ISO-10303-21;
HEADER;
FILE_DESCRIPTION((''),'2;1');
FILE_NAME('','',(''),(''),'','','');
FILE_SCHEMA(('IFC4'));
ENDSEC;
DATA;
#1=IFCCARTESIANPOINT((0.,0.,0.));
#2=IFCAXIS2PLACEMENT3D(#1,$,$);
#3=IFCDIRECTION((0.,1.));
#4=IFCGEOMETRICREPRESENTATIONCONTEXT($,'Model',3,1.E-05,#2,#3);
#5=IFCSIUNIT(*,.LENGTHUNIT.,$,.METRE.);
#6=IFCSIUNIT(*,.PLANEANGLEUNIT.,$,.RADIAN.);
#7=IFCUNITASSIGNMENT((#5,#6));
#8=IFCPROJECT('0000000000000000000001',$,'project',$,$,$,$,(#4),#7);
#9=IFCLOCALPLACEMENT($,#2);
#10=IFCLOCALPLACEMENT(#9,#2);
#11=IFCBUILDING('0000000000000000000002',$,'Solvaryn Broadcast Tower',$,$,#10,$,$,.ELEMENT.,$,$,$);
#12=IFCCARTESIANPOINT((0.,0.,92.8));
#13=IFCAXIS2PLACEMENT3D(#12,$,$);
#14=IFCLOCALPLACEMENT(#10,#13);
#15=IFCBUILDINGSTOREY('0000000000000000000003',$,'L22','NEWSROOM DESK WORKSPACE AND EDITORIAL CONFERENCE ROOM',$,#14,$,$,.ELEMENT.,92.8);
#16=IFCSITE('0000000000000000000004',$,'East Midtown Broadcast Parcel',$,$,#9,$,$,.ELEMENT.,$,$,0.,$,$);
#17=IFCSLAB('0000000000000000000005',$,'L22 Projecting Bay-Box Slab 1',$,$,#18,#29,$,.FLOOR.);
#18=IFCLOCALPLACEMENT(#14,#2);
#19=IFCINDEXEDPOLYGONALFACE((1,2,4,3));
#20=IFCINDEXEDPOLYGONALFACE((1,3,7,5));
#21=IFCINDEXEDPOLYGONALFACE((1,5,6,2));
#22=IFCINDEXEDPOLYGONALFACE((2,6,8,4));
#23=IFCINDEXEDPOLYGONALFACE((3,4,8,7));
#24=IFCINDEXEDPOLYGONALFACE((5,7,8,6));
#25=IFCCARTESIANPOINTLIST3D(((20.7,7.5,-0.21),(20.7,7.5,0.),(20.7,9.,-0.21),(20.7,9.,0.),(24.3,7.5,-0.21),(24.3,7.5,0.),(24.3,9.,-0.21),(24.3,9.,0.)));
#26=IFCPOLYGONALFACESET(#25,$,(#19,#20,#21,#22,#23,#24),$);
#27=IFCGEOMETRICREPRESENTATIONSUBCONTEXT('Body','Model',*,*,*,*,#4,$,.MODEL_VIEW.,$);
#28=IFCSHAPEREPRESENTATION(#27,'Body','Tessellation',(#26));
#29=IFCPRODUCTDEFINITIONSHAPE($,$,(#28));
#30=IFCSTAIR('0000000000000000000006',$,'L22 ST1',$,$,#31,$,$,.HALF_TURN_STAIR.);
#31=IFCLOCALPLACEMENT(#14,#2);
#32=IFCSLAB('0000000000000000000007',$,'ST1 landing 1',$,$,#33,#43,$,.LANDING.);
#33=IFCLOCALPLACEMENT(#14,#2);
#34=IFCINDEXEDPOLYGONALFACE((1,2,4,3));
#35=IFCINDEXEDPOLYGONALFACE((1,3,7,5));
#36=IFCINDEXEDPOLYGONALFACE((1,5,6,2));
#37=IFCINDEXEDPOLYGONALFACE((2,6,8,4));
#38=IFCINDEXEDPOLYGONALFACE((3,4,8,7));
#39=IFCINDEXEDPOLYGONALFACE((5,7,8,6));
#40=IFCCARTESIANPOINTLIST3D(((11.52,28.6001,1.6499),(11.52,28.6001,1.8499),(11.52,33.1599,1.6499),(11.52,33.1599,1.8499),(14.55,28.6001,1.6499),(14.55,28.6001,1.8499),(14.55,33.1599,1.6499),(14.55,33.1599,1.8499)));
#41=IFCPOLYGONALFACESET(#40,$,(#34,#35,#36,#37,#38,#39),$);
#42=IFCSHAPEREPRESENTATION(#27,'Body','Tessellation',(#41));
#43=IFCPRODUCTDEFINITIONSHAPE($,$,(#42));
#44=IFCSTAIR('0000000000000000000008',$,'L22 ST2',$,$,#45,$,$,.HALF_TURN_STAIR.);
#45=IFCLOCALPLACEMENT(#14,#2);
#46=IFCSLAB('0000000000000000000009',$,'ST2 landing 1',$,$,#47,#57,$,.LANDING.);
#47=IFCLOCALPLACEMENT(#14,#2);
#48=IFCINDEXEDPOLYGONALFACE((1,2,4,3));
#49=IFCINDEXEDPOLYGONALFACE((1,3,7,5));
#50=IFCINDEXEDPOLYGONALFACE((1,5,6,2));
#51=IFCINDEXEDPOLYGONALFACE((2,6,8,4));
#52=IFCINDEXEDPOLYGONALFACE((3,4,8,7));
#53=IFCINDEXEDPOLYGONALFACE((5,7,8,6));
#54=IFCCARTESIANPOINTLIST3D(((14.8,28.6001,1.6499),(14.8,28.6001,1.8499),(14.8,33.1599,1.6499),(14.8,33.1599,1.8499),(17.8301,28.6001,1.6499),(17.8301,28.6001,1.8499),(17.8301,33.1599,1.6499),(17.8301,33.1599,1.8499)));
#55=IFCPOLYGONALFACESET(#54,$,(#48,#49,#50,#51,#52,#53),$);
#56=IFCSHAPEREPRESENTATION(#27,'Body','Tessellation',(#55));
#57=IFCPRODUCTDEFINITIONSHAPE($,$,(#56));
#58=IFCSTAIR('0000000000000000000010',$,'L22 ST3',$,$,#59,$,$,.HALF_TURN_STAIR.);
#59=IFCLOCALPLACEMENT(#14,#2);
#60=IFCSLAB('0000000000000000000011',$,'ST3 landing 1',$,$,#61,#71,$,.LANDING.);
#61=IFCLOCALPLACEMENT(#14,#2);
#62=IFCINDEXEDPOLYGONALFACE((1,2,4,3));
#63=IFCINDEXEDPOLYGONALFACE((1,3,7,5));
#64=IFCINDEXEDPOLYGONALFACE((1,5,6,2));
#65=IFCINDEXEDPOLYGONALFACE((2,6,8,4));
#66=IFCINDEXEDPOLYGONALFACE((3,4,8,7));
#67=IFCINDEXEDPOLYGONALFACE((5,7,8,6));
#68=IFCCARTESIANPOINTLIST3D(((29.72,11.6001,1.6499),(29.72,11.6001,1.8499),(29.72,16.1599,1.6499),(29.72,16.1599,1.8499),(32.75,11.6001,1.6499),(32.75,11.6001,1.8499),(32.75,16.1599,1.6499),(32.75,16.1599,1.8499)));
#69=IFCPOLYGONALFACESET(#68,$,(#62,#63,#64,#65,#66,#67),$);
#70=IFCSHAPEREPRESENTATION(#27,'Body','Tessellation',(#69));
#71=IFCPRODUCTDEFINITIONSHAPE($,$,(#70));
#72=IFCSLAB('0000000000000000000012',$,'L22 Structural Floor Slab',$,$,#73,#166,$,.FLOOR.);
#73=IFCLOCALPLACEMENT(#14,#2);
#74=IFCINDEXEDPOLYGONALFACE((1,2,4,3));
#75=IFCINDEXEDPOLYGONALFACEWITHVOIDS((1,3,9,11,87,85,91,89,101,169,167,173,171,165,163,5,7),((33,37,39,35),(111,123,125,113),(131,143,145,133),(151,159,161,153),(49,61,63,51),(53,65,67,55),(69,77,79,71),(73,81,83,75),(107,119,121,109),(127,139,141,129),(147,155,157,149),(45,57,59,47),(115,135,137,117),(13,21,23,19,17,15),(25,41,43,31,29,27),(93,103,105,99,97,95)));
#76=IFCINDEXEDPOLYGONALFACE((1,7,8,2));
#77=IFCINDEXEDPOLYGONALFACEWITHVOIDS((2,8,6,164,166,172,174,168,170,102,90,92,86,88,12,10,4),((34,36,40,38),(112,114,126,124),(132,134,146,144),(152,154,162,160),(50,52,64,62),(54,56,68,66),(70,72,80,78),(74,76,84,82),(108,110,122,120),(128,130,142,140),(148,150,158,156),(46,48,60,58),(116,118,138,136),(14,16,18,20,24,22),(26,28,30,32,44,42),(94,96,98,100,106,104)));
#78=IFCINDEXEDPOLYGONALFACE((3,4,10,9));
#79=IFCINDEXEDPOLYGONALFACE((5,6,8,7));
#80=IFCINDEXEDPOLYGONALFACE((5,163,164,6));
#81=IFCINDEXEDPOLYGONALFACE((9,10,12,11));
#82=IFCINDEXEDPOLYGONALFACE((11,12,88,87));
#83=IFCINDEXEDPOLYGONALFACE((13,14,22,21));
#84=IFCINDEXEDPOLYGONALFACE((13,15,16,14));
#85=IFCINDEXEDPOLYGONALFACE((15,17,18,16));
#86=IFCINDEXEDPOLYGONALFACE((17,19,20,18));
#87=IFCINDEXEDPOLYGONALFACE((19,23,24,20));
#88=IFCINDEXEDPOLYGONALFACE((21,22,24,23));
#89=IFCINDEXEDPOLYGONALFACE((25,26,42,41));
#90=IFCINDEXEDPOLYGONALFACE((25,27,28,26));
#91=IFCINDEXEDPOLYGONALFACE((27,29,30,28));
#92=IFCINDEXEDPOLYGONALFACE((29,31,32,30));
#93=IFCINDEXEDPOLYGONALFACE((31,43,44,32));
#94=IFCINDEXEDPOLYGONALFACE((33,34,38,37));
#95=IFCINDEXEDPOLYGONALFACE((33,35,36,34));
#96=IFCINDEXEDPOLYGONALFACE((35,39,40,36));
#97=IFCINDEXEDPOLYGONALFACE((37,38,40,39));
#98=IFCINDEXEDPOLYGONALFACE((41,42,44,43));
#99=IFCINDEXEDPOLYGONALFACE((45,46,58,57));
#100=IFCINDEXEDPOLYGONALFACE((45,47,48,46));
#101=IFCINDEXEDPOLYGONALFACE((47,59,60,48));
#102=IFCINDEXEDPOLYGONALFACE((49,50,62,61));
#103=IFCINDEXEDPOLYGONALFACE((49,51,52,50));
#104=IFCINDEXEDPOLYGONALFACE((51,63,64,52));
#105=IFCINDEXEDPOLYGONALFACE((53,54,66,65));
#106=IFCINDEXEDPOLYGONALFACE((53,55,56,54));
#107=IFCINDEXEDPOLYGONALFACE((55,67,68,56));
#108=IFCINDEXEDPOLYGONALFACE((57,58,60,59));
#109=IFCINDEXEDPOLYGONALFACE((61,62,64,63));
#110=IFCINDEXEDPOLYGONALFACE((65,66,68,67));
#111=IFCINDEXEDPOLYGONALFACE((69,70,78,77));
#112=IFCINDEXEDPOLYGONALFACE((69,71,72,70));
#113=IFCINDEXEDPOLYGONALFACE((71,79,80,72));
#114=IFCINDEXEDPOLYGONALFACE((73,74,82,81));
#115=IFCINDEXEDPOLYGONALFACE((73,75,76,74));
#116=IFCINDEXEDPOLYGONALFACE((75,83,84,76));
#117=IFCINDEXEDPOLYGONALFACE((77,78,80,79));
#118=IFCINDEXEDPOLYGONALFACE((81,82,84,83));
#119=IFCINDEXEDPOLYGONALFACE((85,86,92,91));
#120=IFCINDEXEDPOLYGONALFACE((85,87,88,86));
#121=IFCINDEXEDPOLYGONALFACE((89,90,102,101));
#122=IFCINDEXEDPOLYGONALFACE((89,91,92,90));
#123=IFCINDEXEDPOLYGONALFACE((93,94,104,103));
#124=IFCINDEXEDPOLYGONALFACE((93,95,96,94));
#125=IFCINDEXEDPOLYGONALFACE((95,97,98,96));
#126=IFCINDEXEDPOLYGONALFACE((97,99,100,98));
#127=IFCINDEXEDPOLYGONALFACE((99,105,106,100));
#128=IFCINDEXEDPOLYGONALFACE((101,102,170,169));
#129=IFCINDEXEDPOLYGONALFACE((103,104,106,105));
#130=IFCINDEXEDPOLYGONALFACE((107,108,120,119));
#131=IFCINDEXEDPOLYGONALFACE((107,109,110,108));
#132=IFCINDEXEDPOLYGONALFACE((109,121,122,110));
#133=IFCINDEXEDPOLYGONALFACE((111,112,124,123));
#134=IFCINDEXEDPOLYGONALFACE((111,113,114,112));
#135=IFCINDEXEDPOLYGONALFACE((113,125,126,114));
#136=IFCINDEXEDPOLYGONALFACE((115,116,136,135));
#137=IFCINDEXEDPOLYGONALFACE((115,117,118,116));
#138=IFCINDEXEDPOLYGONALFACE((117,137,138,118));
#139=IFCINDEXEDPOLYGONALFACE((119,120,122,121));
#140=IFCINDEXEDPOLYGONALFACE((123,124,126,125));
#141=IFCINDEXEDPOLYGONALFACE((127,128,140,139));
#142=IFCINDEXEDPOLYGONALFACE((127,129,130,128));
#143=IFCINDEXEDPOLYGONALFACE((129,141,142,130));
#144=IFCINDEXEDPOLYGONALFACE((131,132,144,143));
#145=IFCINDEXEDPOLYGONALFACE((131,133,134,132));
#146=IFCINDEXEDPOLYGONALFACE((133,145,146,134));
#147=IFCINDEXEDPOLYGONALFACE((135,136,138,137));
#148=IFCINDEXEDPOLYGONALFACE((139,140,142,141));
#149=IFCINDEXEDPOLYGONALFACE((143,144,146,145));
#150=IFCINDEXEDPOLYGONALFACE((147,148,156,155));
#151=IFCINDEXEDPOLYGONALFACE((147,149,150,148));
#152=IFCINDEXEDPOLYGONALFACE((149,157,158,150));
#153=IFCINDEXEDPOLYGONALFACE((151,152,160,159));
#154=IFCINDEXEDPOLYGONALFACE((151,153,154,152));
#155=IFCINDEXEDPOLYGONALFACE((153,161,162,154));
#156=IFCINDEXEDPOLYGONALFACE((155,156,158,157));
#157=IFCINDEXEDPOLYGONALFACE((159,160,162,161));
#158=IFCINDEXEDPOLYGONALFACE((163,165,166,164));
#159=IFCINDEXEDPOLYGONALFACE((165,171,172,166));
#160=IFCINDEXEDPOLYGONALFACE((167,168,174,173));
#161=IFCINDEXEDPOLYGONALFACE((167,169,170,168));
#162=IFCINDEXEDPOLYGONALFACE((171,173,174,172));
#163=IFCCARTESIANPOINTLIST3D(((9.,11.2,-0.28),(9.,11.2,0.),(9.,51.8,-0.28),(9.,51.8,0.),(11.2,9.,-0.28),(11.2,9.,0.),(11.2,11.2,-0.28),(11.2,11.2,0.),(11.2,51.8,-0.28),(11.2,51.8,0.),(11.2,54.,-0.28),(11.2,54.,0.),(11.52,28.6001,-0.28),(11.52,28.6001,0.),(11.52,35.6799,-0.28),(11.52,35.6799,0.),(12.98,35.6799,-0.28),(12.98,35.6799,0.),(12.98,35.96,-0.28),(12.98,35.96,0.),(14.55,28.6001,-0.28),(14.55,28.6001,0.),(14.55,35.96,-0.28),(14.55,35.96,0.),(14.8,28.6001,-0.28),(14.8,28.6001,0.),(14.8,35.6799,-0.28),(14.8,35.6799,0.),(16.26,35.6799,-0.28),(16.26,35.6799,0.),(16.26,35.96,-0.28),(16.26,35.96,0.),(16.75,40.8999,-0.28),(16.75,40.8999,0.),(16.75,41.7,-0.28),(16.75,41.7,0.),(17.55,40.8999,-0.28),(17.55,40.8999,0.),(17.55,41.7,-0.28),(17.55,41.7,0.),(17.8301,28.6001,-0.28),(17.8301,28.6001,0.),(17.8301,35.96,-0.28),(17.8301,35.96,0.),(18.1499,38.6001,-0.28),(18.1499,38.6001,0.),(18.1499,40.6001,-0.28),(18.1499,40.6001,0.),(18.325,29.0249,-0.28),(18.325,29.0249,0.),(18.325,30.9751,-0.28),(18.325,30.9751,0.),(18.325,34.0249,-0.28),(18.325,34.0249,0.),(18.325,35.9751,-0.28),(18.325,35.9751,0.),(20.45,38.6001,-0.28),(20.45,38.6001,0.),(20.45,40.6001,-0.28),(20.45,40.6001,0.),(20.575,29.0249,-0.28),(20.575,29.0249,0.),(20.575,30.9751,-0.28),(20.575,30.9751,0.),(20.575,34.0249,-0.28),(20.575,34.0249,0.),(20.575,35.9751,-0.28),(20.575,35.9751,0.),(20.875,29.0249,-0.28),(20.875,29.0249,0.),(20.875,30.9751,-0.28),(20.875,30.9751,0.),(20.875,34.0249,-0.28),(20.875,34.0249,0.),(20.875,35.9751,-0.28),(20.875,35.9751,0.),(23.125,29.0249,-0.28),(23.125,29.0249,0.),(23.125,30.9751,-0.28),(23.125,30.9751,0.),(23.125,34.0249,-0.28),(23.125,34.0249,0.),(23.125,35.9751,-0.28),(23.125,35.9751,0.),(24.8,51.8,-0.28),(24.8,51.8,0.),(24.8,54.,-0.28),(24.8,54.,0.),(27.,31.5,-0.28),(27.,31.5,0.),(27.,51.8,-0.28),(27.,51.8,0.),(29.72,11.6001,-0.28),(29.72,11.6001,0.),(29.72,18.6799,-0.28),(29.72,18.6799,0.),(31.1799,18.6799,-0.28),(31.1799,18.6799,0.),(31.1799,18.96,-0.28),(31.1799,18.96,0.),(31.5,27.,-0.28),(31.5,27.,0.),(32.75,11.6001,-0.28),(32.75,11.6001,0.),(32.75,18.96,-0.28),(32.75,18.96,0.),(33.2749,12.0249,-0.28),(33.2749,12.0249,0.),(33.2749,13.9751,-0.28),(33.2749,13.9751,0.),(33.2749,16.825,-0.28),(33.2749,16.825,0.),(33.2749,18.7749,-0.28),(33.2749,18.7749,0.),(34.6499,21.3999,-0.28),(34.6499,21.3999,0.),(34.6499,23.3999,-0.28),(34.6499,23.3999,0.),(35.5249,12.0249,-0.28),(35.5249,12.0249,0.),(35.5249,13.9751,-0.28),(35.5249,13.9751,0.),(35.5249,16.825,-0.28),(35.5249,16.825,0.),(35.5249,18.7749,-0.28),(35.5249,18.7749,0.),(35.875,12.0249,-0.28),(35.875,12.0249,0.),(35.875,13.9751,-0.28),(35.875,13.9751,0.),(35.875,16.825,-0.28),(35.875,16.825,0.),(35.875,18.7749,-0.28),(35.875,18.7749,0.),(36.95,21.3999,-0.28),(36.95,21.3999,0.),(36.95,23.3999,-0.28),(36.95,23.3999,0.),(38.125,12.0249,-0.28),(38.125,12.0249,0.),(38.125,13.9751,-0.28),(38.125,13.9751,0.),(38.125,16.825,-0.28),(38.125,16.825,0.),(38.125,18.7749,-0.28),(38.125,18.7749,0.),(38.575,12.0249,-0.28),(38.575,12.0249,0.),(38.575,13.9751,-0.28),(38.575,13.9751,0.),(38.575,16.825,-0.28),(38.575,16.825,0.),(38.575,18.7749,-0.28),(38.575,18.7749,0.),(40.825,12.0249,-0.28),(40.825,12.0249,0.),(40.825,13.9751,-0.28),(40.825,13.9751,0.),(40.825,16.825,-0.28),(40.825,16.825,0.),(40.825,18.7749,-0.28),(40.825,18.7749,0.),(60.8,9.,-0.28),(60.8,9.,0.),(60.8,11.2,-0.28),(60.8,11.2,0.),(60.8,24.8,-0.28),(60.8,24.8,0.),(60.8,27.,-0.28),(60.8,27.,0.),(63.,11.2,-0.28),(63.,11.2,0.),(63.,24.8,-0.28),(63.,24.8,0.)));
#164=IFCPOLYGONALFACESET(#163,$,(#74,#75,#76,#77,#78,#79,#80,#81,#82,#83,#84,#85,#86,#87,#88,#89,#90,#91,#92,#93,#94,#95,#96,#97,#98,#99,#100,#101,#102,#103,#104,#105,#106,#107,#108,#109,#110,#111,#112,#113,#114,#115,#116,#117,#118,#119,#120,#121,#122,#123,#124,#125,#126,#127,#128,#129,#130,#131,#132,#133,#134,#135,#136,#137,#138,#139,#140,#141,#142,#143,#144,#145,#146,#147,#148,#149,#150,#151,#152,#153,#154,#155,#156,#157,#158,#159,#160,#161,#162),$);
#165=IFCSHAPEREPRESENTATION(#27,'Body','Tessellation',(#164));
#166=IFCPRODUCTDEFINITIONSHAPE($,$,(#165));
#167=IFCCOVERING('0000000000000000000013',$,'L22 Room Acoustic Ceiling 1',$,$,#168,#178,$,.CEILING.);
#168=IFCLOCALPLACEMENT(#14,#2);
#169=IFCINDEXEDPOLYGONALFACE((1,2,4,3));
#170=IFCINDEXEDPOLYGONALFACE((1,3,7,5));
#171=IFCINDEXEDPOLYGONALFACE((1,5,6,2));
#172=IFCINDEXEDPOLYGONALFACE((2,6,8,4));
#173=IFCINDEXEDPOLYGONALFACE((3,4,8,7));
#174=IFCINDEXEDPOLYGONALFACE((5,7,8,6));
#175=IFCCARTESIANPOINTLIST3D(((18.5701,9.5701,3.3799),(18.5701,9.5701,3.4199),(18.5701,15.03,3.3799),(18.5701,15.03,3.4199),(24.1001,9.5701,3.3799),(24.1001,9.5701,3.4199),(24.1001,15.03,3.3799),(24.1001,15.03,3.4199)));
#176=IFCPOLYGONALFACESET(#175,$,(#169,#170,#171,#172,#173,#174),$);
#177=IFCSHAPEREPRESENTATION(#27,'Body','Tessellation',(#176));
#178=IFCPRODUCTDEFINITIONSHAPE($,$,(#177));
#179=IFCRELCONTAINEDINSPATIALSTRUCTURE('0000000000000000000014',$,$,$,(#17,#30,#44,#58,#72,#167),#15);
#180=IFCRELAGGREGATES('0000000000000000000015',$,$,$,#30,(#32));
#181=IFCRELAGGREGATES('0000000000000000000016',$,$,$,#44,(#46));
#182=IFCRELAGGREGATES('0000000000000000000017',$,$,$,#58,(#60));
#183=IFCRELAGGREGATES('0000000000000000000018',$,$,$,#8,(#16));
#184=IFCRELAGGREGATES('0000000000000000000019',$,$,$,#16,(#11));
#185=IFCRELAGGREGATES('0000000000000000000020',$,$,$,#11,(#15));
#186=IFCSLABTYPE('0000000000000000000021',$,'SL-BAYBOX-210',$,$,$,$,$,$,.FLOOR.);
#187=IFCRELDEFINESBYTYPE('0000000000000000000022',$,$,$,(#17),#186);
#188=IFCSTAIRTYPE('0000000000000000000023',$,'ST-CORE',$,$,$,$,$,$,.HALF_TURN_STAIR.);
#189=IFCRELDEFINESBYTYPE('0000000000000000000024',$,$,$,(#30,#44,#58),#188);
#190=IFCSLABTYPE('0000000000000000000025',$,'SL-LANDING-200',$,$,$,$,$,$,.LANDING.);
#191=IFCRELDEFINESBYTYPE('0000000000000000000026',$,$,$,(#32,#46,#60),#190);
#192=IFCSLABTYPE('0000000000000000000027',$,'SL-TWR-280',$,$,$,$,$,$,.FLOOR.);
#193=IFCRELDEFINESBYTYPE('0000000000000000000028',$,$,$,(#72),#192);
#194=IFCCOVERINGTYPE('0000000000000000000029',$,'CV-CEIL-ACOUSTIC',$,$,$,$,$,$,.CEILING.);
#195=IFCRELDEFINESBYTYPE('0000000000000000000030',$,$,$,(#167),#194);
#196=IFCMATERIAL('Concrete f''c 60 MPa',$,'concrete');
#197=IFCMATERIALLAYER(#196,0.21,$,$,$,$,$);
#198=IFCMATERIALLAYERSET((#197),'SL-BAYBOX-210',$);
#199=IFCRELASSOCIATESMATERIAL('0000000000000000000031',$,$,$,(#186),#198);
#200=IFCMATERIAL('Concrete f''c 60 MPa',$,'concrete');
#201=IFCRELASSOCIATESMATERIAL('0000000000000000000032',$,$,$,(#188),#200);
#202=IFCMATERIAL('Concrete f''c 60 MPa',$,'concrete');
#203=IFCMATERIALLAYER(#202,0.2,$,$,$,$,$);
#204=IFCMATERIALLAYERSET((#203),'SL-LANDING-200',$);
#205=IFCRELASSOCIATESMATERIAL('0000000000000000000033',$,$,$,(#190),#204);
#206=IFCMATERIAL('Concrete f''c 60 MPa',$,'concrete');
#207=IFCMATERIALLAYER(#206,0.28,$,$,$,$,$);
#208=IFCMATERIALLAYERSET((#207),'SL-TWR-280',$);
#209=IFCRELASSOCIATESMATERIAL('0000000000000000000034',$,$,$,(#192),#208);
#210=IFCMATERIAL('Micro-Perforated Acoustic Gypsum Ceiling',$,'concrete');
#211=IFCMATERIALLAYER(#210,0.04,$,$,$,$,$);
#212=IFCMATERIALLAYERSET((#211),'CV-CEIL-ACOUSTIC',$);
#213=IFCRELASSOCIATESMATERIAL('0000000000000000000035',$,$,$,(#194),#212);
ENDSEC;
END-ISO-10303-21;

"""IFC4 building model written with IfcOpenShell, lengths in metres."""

from ifc_helpers import new_model, si_unit, direction, frame, origin, place, context, subcontext, project, spatial, polyline, outline, extrude, material, layer, layer_set, type_object, element, aggregate, save


model = new_model("IFC4")

# Units and contexts
model_context = context("Model", 3, precision=1e-05, world=origin(), true_north=direction((0.0, 1.0)))
body_context = subcontext(model_context, "Body", "Model", "MODEL_VIEW")
ifc_project = project(units=[si_unit("LENGTHUNIT", "METRE"), si_unit("PLANEANGLEUNIT", "RADIAN")], contexts=[model_context])

# Site, building, storey
site_placement = place(None, origin())
site = spatial("IfcSite", under=ifc_project, at=site_placement, Name="East Midtown Broadcast Parcel", CompositionType="ELEMENT", RefElevation=0.0)
building_placement = place(site_placement, origin())
building = spatial("IfcBuilding", under=site, at=building_placement, Name="Solvaryn Broadcast Tower", CompositionType="ELEMENT")
storey_placement = place(building_placement, frame((0.0, 0.0, 92.8)))
storey = spatial("IfcBuildingStorey", under=building, at=storey_placement, Name="L22", Description="NEWSROOM DESK WORKSPACE AND EDITORIAL CONFERENCE ROOM", CompositionType="ELEMENT", Elevation=92.8)

# Slab
ifc_material_1 = material(Name="Concrete f'c 60 MPa", Category="concrete")
ifc_layer_1 = layer(ifc_material_1, 0.21)
ifc_layer_set_1 = layer_set([ifc_layer_1], Name="SL-BAYBOX-210")
slab_type_1 = type_object("IfcSlabType", Name="SL-BAYBOX-210", PredefinedType="FLOOR", material=ifc_layer_set_1)
slab_1_placement = place(storey_placement, frame((0.0, 0.0, -0.21)))
element("IfcSlab", 1, at=slab_1_placement, inside=storey, type_object=slab_type_1, Name="L22 Projecting Bay-Box Slab 1", PredefinedType="FLOOR", context=body_context, shape_type="SweptSolid", body=[
    extrude(outline(polyline([(20.7, 7.5), (24.3, 7.5), (24.3, 9.0), (20.7, 9.0), (20.7, 7.5)])), origin(), (0.0, 0.0, 1.0), 0.21),
])

# Stairs, slabs
ifc_material_2 = material(Name="Concrete f'c 60 MPa", Category="concrete")
stair_type = type_object("IfcStairType", Name="ST-CORE", PredefinedType="HALF_TURN_STAIR", material=ifc_material_2)
stair_1_placement = place(storey_placement, origin())
stair_1 = element("IfcStair", 2, at=stair_1_placement, inside=storey, type_object=stair_type, Name="L22 ST1", PredefinedType="HALF_TURN_STAIR")
ifc_material_3 = material(Name="Concrete f'c 60 MPa", Category="concrete")
ifc_layer_2 = layer(ifc_material_3, 0.2)
ifc_layer_set_2 = layer_set([ifc_layer_2], Name="SL-LANDING-200")
slab_type_2 = type_object("IfcSlabType", Name="SL-LANDING-200", PredefinedType="LANDING", material=ifc_layer_set_2)
slab_2_placement = place(storey_placement, frame((0.0, 0.0, 1.6499)))
slab_2 = element("IfcSlab", 3, at=slab_2_placement, type_object=slab_type_2, Name="ST1 landing 1", PredefinedType="LANDING", context=body_context, shape_type="SweptSolid", body=[
    extrude(outline(polyline([(11.52, 33.1599), (11.52, 28.6001), (14.55, 28.6001), (14.55, 33.1599), (11.52, 33.1599)])), origin(), (0.0, 0.0, 1.0), 0.2),
])
aggregate(stair_1, [slab_2])
stair_2_placement = place(storey_placement, origin())
stair_2 = element("IfcStair", 4, at=stair_2_placement, inside=storey, type_object=stair_type, Name="L22 ST2", PredefinedType="HALF_TURN_STAIR")
slab_3_placement = place(storey_placement, frame((0.0, 0.0, 1.6499)))
slab_3 = element("IfcSlab", 5, at=slab_3_placement, type_object=slab_type_2, Name="ST2 landing 1", PredefinedType="LANDING", context=body_context, shape_type="SweptSolid", body=[
    extrude(outline(polyline([(14.8, 33.1599), (14.8, 28.6001), (17.8301, 28.6001), (17.8301, 33.1599), (14.8, 33.1599)])), origin(), (0.0, 0.0, 1.0), 0.2),
])
aggregate(stair_2, [slab_3])
stair_3_placement = place(storey_placement, origin())
stair_3 = element("IfcStair", 6, at=stair_3_placement, inside=storey, type_object=stair_type, Name="L22 ST3", PredefinedType="HALF_TURN_STAIR")
slab_4_placement = place(storey_placement, frame((0.0, 0.0, 1.6499)))
slab_4 = element("IfcSlab", 7, at=slab_4_placement, type_object=slab_type_2, Name="ST3 landing 1", PredefinedType="LANDING", context=body_context, shape_type="SweptSolid", body=[
    extrude(outline(polyline([(29.72, 16.1599), (29.72, 11.6001), (32.75, 11.6001), (32.75, 16.1599), (29.72, 16.1599)])), origin(), (0.0, 0.0, 1.0), 0.2),
])
aggregate(stair_3, [slab_4])

# Slab
ifc_material_4 = material(Name="Concrete f'c 60 MPa", Category="concrete")
ifc_layer_3 = layer(ifc_material_4, 0.28)
ifc_layer_set_3 = layer_set([ifc_layer_3], Name="SL-TWR-280")
slab_type_3 = type_object("IfcSlabType", Name="SL-TWR-280", PredefinedType="FLOOR", material=ifc_layer_set_3)
slab_5_placement = place(storey_placement, frame((0.0, 0.0, -0.28)))
element("IfcSlab", 8, at=slab_5_placement, inside=storey, type_object=slab_type_3, Name="L22 Structural Floor Slab", PredefinedType="FLOOR", context=body_context, shape_type="SweptSolid", body=[
    extrude(outline(polyline([(11.2, 9.0), (60.8, 9.0), (60.8, 11.2), (63.0, 11.2), (63.0, 24.8), (60.8, 24.8), (60.8, 27.0), (31.5, 27.0), (27.0, 31.5), (27.0, 51.8), (24.8, 51.8), (24.8, 54.0), (11.2, 54.0), (11.2, 51.8), (9.0, 51.8), (9.0, 11.2), (11.2, 11.2), (11.2, 9.0)]), holes=[polyline([(11.52, 28.6001), (14.55, 28.6001), (14.55, 35.96), (12.98, 35.96), (12.98, 35.6799), (11.52, 35.6799), (11.52, 28.6001)]), polyline([(14.8, 28.6001), (17.8301, 28.6001), (17.8301, 35.96), (16.26, 35.96), (16.26, 35.6799), (14.8, 35.6799), (14.8, 28.6001)]), polyline([(29.72, 11.6001), (32.75, 11.6001), (32.75, 18.96), (31.1799, 18.96), (31.1799, 18.6799), (29.72, 18.6799), (29.72, 11.6001)]), polyline([(18.1499, 38.6001), (20.45, 38.6001), (20.45, 40.6001), (18.1499, 40.6001), (18.1499, 38.6001)]), polyline([(18.325, 29.0249), (20.575, 29.0249), (20.575, 30.9751), (18.325, 30.9751), (18.325, 29.0249)]), polyline([(20.875, 29.0249), (23.125, 29.0249), (23.125, 30.9751), (20.875, 30.9751), (20.875, 29.0249)]), polyline([(18.325, 34.0249), (20.575, 34.0249), (20.575, 35.9751), (18.325, 35.9751), (18.325, 34.0249)]), polyline([(20.875, 34.0249), (23.125, 34.0249), (23.125, 35.9751), (20.875, 35.9751), (20.875, 34.0249)]), polyline([(34.6499, 21.3999), (36.95, 21.3999), (36.95, 23.3999), (34.6499, 23.3999), (34.6499, 21.3999)]), polyline([(33.2749, 12.0249), (35.5249, 12.0249), (35.5249, 13.9751), (33.2749, 13.9751), (33.2749, 12.0249)]), polyline([(35.875, 12.0249), (38.125, 12.0249), (38.125, 13.9751), (35.875, 13.9751), (35.875, 12.0249)]), polyline([(33.2749, 16.825), (35.5249, 16.825), (35.5249, 18.7749), (33.2749, 18.7749), (33.2749, 16.825)]), polyline([(35.875, 16.825), (38.125, 16.825), (38.125, 18.7749), (35.875, 18.7749), (35.875, 16.825)]), polyline([(38.575, 12.0249), (40.825, 12.0249), (40.825, 13.9751), (38.575, 13.9751), (38.575, 12.0249)]), polyline([(38.575, 16.825), (40.825, 16.825), (40.825, 18.7749), (38.575, 18.7749), (38.575, 16.825)]), polyline([(16.75, 40.8999), (17.55, 40.8999), (17.55, 41.7), (16.75, 41.7), (16.75, 40.8999)])]), origin(), (0.0, 0.0, 1.0), 0.28),
])

# Covering
ifc_material_5 = material(Name="Micro-Perforated Acoustic Gypsum Ceiling", Category="concrete")
ifc_layer_4 = layer(ifc_material_5, 0.04)
ifc_layer_set_4 = layer_set([ifc_layer_4], Name="CV-CEIL-ACOUSTIC")
covering_type_1 = type_object("IfcCoveringType", Name="CV-CEIL-ACOUSTIC", PredefinedType="CEILING", material=ifc_layer_set_4)
covering_1_placement = place(storey_placement, frame((0.0, 0.0, 3.3799)))
element("IfcCovering", 9, at=covering_1_placement, inside=storey, type_object=covering_type_1, Name="L22 Room Acoustic Ceiling 1", PredefinedType="CEILING", context=body_context, shape_type="SweptSolid", body=[
    extrude(outline(polyline([(18.5701, 9.5701), (24.1001, 9.5701), (24.1001, 15.03), (18.5701, 15.03), (18.5701, 9.5701)])), origin(), (0.0, 0.0, 1.0), 0.04),
])

save(model, "model.ifc")
